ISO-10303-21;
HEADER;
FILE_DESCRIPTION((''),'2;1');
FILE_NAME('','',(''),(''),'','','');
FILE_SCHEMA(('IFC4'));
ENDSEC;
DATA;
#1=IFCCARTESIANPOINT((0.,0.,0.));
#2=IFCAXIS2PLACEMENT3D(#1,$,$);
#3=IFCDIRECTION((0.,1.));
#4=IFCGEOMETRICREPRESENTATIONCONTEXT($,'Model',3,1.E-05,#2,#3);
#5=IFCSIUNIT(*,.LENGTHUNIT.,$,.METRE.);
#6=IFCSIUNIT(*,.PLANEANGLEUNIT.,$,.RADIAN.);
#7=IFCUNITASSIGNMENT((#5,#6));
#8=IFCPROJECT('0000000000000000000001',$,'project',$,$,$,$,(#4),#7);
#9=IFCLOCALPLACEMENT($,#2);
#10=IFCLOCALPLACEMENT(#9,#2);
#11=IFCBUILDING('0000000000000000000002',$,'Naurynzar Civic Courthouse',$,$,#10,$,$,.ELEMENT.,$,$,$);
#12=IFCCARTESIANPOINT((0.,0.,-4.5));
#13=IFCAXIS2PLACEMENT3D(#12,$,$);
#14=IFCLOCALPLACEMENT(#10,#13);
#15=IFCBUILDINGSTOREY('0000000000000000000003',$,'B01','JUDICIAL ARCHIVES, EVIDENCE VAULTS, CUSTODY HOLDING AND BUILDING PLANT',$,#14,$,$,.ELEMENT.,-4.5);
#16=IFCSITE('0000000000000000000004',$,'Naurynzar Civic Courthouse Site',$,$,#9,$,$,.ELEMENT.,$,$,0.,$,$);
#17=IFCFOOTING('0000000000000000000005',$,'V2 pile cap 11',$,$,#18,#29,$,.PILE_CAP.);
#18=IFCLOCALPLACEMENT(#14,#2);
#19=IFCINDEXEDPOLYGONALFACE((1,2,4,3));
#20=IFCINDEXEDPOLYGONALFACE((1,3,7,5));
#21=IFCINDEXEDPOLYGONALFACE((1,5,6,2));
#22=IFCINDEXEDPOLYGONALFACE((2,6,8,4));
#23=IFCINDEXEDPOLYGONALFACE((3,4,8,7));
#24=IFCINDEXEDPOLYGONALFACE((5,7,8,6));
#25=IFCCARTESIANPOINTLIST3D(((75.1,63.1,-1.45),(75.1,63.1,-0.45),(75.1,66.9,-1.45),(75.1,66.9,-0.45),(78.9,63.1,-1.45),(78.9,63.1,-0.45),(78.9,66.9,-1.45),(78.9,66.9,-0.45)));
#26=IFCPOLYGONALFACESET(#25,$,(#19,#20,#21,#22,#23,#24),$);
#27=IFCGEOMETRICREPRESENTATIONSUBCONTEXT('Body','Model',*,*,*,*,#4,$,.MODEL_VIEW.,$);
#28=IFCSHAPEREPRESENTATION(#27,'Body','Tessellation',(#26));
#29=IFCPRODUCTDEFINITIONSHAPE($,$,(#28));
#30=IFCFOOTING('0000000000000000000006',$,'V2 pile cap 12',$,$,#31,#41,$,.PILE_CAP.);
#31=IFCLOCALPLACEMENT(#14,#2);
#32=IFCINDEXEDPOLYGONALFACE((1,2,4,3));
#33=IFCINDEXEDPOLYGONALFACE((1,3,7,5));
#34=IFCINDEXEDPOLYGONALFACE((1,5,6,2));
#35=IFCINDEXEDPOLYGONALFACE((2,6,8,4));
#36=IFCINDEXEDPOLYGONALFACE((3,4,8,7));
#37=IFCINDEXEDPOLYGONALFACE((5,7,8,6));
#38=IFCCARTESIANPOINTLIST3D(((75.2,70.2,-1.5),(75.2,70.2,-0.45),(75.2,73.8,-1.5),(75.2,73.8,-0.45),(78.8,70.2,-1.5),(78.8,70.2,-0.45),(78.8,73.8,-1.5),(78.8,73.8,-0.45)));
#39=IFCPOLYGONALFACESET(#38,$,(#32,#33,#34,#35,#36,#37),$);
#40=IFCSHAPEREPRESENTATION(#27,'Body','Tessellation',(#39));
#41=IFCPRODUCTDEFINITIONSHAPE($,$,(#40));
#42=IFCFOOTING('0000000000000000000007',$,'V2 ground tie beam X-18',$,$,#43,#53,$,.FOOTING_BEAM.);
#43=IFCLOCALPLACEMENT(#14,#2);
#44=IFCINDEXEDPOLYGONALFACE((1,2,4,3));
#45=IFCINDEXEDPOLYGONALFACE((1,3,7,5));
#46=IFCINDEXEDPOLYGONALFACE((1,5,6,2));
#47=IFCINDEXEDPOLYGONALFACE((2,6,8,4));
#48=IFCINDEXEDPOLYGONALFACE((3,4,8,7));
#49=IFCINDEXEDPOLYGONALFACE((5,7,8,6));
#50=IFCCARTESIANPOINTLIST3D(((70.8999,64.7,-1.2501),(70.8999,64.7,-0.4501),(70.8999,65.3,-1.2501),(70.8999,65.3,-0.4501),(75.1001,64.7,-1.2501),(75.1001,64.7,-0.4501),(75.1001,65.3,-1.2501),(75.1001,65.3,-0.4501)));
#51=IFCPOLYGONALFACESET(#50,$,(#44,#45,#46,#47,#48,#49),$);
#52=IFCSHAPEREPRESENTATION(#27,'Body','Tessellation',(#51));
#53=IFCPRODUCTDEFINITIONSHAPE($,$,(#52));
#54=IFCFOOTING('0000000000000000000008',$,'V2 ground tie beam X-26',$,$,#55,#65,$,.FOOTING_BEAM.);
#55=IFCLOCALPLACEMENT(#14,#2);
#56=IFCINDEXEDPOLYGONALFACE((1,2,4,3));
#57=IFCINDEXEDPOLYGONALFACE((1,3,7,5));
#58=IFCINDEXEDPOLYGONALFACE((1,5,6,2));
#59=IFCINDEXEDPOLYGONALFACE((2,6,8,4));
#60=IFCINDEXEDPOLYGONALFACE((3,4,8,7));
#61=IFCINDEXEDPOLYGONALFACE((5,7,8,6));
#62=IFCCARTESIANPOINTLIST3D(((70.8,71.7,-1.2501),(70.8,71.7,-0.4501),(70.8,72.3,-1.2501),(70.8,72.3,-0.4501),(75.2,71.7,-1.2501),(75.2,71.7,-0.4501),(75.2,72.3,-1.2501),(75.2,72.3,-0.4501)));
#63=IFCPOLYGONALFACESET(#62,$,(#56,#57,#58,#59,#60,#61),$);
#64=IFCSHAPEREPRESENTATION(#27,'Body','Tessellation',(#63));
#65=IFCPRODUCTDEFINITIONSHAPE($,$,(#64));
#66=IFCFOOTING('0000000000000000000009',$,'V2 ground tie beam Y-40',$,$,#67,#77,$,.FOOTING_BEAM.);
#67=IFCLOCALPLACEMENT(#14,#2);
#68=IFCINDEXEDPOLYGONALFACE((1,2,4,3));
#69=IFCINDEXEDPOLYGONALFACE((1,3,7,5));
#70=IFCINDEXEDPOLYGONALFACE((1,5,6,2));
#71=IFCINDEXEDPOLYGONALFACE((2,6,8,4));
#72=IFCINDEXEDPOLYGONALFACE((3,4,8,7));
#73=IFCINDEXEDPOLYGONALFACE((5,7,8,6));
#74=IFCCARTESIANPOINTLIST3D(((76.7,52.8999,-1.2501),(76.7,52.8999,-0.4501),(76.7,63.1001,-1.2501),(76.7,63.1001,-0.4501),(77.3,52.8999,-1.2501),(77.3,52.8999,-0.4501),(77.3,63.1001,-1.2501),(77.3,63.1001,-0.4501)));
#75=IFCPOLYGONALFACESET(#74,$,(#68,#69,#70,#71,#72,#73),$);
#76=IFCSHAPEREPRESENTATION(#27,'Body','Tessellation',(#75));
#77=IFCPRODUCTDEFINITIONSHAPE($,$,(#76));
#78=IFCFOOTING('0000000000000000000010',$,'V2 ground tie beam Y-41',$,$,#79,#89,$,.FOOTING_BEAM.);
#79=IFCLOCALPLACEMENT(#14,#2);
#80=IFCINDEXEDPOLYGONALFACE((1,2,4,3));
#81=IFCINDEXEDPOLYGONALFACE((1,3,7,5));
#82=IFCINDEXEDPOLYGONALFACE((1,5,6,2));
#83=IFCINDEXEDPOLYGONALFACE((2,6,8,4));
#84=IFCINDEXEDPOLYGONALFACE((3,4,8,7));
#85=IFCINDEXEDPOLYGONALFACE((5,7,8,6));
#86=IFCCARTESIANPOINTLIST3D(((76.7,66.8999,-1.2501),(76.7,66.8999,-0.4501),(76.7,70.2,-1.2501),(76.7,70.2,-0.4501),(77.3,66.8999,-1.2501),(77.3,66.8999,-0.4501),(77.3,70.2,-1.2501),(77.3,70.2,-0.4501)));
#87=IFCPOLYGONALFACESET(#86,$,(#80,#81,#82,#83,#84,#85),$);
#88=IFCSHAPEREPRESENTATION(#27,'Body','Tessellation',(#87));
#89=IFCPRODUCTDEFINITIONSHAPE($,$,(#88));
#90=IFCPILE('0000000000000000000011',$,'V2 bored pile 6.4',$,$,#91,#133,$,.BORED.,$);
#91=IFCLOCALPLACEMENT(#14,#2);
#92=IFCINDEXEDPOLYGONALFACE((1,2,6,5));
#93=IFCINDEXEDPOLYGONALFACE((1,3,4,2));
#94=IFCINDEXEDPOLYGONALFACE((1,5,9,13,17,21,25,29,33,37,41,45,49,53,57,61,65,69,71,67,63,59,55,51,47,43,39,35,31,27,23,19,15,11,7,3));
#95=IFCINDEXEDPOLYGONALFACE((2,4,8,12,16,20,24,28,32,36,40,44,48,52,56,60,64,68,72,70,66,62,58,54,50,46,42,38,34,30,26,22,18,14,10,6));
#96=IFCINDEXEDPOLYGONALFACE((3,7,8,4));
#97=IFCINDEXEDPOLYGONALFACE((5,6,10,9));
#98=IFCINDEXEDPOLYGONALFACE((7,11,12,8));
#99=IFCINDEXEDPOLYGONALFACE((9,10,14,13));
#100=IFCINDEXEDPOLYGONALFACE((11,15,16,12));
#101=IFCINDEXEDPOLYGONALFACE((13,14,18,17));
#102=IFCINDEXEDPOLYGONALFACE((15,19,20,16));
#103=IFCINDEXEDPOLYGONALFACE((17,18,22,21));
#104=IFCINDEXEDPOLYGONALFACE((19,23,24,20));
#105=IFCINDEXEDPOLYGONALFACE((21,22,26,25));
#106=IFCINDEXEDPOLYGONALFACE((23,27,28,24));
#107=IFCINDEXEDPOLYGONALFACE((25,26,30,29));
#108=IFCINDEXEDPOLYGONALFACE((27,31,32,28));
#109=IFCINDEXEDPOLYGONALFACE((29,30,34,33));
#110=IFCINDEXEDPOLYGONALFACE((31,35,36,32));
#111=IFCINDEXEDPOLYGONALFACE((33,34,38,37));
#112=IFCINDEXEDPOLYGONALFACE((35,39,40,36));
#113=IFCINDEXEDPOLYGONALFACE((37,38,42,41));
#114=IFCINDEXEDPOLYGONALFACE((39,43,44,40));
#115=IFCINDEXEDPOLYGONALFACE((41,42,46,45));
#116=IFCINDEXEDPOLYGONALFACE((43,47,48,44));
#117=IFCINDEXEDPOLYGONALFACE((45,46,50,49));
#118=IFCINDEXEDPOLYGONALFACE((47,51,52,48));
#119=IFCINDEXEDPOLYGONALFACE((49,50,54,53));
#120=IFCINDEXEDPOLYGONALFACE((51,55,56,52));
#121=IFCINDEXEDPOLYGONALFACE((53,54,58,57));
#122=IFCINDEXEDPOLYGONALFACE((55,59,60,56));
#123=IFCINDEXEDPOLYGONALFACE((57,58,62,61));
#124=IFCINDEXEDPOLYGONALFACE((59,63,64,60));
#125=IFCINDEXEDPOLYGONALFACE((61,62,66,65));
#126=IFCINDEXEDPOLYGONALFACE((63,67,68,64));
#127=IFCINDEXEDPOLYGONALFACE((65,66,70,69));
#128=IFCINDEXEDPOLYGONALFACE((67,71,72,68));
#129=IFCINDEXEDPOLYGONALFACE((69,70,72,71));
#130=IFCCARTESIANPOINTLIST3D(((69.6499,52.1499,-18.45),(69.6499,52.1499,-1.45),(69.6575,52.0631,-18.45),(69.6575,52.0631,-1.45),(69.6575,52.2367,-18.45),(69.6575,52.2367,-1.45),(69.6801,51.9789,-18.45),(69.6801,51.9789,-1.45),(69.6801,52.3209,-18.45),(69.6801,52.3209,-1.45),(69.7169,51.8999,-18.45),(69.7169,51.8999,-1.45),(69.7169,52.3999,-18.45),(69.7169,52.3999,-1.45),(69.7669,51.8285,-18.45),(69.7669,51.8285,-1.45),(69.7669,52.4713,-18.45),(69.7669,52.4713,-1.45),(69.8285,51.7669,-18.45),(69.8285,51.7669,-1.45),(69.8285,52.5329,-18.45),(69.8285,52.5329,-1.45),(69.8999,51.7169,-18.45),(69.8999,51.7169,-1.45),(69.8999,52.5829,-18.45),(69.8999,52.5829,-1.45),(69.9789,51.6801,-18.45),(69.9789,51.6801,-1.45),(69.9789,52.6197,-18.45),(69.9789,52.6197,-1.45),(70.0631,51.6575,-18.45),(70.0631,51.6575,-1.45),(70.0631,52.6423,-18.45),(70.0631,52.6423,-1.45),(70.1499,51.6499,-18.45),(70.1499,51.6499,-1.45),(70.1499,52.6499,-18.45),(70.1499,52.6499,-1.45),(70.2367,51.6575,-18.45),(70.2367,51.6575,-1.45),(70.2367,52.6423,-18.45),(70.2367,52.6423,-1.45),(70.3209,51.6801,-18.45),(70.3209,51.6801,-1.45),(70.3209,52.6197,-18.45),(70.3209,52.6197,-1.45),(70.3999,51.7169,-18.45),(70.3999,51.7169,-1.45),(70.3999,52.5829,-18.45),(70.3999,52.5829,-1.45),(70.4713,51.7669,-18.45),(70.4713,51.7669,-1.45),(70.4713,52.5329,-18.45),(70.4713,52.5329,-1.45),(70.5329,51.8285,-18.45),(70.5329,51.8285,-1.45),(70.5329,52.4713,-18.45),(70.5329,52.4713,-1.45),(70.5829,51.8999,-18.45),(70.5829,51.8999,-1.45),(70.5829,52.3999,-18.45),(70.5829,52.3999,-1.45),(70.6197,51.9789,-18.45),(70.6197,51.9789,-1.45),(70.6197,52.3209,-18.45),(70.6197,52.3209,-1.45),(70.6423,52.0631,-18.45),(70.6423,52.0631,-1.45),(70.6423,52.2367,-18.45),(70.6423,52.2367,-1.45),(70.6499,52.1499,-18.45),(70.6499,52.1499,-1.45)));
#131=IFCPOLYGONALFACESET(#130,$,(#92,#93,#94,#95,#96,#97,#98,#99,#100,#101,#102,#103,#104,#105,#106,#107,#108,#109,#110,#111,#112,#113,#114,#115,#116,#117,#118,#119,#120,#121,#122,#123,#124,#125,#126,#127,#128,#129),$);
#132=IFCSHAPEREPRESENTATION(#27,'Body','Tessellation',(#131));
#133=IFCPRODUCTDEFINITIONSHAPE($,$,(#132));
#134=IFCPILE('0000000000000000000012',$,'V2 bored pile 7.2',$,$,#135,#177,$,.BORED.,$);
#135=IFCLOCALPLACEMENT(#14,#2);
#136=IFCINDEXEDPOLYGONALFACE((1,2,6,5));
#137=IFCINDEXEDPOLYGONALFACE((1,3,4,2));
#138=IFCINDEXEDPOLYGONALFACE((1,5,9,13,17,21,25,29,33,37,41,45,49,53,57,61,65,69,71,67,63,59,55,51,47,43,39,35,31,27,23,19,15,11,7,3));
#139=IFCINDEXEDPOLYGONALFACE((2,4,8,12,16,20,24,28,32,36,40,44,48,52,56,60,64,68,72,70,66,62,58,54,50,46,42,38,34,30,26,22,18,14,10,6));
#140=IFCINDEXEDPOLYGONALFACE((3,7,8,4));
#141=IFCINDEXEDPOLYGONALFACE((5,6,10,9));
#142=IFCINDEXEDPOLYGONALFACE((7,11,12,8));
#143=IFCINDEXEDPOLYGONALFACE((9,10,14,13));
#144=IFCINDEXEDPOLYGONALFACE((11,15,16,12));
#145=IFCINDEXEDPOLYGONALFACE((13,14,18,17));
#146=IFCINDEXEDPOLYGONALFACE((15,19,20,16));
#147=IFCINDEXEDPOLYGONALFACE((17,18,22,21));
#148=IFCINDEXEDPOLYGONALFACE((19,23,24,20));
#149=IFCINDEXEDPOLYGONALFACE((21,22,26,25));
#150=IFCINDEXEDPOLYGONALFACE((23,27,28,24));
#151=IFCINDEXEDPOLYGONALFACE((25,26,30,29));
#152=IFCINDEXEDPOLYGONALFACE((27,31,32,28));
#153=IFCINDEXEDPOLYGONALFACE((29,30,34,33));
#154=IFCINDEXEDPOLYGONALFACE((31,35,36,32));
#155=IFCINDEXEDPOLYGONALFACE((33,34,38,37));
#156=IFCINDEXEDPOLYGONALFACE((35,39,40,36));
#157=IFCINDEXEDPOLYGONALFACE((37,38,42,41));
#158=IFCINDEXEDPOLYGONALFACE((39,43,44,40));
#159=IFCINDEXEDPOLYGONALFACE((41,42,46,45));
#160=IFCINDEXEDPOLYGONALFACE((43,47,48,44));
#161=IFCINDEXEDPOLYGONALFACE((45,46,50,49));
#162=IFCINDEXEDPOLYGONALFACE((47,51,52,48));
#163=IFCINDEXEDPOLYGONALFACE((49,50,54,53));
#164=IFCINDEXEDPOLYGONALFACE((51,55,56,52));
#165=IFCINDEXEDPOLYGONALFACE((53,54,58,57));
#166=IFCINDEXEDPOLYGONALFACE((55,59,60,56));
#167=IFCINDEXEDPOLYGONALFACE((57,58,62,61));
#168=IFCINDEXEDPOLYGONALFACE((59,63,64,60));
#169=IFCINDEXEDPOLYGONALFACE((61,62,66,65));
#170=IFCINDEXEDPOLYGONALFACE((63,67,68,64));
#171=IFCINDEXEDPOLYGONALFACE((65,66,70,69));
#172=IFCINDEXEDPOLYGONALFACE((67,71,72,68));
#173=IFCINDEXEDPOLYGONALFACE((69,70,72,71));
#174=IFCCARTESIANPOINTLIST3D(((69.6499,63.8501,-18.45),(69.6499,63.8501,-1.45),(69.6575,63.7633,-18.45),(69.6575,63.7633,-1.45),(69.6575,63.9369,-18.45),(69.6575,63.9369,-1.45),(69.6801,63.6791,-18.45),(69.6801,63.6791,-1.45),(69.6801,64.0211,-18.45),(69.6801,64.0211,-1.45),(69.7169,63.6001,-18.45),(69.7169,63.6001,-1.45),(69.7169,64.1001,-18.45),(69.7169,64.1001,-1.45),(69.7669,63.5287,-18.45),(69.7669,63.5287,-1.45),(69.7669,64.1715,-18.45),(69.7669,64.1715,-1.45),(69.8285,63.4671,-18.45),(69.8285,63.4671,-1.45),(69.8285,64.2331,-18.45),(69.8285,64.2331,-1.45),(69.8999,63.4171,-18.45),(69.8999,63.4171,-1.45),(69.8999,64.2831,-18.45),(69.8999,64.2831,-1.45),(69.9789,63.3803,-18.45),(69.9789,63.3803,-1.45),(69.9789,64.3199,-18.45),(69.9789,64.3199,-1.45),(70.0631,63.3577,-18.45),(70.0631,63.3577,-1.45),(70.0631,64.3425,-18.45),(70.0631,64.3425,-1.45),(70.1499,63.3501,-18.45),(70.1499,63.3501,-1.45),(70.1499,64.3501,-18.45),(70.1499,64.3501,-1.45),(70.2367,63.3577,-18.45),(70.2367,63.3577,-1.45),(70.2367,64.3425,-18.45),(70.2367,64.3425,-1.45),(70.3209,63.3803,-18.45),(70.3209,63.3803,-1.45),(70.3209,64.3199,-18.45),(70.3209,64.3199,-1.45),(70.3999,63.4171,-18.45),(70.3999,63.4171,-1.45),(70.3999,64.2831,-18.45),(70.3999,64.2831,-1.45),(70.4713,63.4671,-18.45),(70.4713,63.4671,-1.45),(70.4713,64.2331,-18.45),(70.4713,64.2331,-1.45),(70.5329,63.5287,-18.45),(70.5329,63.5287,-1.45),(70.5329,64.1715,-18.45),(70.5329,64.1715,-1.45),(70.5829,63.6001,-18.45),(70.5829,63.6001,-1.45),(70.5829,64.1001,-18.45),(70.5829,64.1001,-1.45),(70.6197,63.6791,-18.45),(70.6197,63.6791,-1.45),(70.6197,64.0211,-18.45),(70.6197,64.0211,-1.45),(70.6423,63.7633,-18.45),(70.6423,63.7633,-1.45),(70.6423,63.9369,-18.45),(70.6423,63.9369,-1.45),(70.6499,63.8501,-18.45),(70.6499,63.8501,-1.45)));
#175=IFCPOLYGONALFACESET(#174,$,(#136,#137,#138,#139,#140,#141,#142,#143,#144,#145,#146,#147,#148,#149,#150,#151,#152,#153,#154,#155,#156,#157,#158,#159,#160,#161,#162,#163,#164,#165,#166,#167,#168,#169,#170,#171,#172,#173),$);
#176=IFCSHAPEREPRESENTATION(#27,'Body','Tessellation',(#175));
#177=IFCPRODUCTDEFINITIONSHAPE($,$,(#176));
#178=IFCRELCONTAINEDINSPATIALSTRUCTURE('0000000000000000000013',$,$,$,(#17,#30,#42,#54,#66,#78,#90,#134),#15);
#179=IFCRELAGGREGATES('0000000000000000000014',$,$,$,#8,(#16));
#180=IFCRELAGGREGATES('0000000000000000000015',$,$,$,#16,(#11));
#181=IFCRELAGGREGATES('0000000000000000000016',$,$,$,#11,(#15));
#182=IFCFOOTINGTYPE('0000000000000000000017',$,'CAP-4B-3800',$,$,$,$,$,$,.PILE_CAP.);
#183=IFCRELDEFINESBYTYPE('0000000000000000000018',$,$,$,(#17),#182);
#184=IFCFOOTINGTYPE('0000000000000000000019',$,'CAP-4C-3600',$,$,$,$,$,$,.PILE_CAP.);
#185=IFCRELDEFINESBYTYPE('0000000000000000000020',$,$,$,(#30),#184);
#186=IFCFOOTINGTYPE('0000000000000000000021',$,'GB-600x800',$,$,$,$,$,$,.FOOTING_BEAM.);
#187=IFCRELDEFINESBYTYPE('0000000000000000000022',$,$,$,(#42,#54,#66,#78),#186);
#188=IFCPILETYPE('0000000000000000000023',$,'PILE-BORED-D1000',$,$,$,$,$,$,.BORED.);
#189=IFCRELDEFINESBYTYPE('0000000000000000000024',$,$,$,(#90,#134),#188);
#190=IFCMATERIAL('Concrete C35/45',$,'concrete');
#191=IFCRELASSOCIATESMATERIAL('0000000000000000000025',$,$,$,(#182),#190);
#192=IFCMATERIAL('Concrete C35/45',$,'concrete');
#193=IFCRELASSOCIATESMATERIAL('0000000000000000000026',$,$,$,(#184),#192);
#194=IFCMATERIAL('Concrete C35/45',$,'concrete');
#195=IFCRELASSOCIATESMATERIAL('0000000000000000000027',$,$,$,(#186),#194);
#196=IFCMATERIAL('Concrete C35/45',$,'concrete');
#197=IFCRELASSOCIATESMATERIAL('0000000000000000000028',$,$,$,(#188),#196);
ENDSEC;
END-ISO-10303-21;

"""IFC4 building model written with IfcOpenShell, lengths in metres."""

from ifc_helpers import new_model, si_unit, direction, frame, origin, origin_2d, place, context, subcontext, project, spatial, rectangle, circle, extrude, material, material_profile, profile_set, type_object, element, save


model = new_model("IFC4")

# Units and contexts
model_context = context("Model", 3, precision=1e-05, world=origin(), true_north=direction((0.0, 1.0)))
body_context = subcontext(model_context, "Body", "Model", "MODEL_VIEW")
ifc_project = project(units=[si_unit("LENGTHUNIT", "METRE"), si_unit("PLANEANGLEUNIT", "RADIAN")], contexts=[model_context])

# Site, building, storey
site_placement = place(None, origin())
site = spatial("IfcSite", under=ifc_project, at=site_placement, Name="Naurynzar Civic Courthouse Site", CompositionType="ELEMENT", RefElevation=0.0)
building_placement = place(site_placement, origin())
building = spatial("IfcBuilding", under=site, at=building_placement, Name="Naurynzar Civic Courthouse", CompositionType="ELEMENT")
storey_placement = place(building_placement, frame((0.0, 0.0, -4.5)))
storey = spatial("IfcBuildingStorey", under=building, at=storey_placement, Name="B01", Description="JUDICIAL ARCHIVES, EVIDENCE VAULTS, CUSTODY HOLDING AND BUILDING PLANT", CompositionType="ELEMENT", Elevation=-4.5)

# Footings
ifc_material_1 = material(Name="Concrete C35/45", Category="concrete")
footing_type_1 = type_object("IfcFootingType", Name="CAP-4B-3800", PredefinedType="PILE_CAP", material=ifc_material_1)
footing_1_placement = place(storey_placement, frame((77.0, 65.0, -1.45), z_axis=(0.0, 0.0, 1.0), x_axis=(1.0, 0.0, 0.0)))
element("IfcFooting", 1, at=footing_1_placement, inside=storey, type_object=footing_type_1, Name="V2 pile cap 11", PredefinedType="PILE_CAP", context=body_context, shape_type="SweptSolid", body=[
    extrude(rectangle(XDim=3.8, YDim=3.8, at=origin_2d()), origin(), (0.0, 0.0, 1.0), 1.0),
])
ifc_material_2 = material(Name="Concrete C35/45", Category="concrete")
footing_type_2 = type_object("IfcFootingType", Name="CAP-4C-3600", PredefinedType="PILE_CAP", material=ifc_material_2)
footing_2_placement = place(storey_placement, frame((77.0, 72.0, -1.5), z_axis=(0.0, 0.0, 1.0), x_axis=(1.0, 0.0, 0.0)))
element("IfcFooting", 2, at=footing_2_placement, inside=storey, type_object=footing_type_2, Name="V2 pile cap 12", PredefinedType="PILE_CAP", context=body_context, shape_type="SweptSolid", body=[
    extrude(rectangle(XDim=3.6001, YDim=3.6001, at=origin_2d()), origin(), (0.0, 0.0, 1.0), 1.05),
])
ifc_material_3 = material(Name="Concrete C35/45", Category="concrete")
ifc_material_profile_1 = material_profile(ifc_material_3, rectangle(XDim=0.6001, YDim=0.8, at=origin_2d()), Name="GB 600x800")
ifc_profile_set_1 = profile_set([ifc_material_profile_1], Name="Concrete C35/45")
footing_type_3 = type_object("IfcFootingType", Name="GB-600x800", PredefinedType="FOOTING_BEAM", material=ifc_profile_set_1)
footing_3_placement = place(storey_placement, frame((70.8999, 65.0, -0.8501), z_axis=(1.0, 0.0, 0.0), x_axis=(0.0, 1.0, 0.0)))
element("IfcFooting", 3, at=footing_3_placement, inside=storey, type_object=footing_type_3, Name="V2 ground tie beam X-18", PredefinedType="FOOTING_BEAM", context=body_context, shape_type="SweptSolid", body=[
    extrude(rectangle(XDim=0.6001, YDim=0.8, at=origin_2d()), origin(), (0.0, 0.0, 1.0), 4.2002),
])
footing_4_placement = place(storey_placement, frame((70.8, 72.0, -0.8501), z_axis=(1.0, 0.0, 0.0), x_axis=(0.0, 1.0, 0.0)))
element("IfcFooting", 4, at=footing_4_placement, inside=storey, type_object=footing_type_3, Name="V2 ground tie beam X-26", PredefinedType="FOOTING_BEAM", context=body_context, shape_type="SweptSolid", body=[
    extrude(rectangle(XDim=0.6001, YDim=0.8, at=origin_2d()), origin(), (0.0, 0.0, 1.0), 4.3999),
])
footing_5_placement = place(storey_placement, frame((77.0, 52.8999, -0.8501), z_axis=(0.0, 1.0, 0.0), x_axis=(-1.0, 0.0, 0.0)))
element("IfcFooting", 5, at=footing_5_placement, inside=storey, type_object=footing_type_3, Name="V2 ground tie beam Y-40", PredefinedType="FOOTING_BEAM", context=body_context, shape_type="SweptSolid", body=[
    extrude(rectangle(XDim=0.6001, YDim=0.8, at=origin_2d()), origin(), (0.0, 0.0, 1.0), 10.2002),
])
footing_6_placement = place(storey_placement, frame((77.0, 66.8999, -0.8501), z_axis=(0.0, 1.0, 0.0), x_axis=(-1.0, 0.0, 0.0)))
element("IfcFooting", 6, at=footing_6_placement, inside=storey, type_object=footing_type_3, Name="V2 ground tie beam Y-41", PredefinedType="FOOTING_BEAM", context=body_context, shape_type="SweptSolid", body=[
    extrude(rectangle(XDim=0.6001, YDim=0.8, at=origin_2d()), origin(), (0.0, 0.0, 1.0), 3.3),
])

# Piles
ifc_material_4 = material(Name="Concrete C35/45", Category="concrete")
ifc_material_profile_2 = material_profile(ifc_material_4, circle(Radius=0.5, at=origin_2d()), Name="PILE D1000")
ifc_profile_set_2 = profile_set([ifc_material_profile_2], Name="Concrete C35/45")
pile_type_1 = type_object("IfcPileType", Name="PILE-BORED-D1000", PredefinedType="BORED", material=ifc_profile_set_2)
for number, where, z_axis, x_axis, name in (
    (7, (70.1499, 52.1499, -1.45), (0.0, 0.0, -1.0), (1.0, 0.0, 0.0), "V2 bored pile 6.4"),
    (8, (70.1499, 63.8501, -1.45), (0.0, 0.0, -1.0), (1.0, 0.0, 0.0), "V2 bored pile 7.2"),
):
    element("IfcPile", number, at=place(storey_placement, frame(where, z_axis=z_axis, x_axis=x_axis)), inside=storey, type_object=pile_type_1, Name=name, PredefinedType="BORED", context=body_context, shape_type="SweptSolid", body=[
        extrude(circle(Radius=0.5, at=origin_2d()), origin(), (0.0, 0.0, 1.0), 17.0),
    ])

save(model, "model.ifc")
